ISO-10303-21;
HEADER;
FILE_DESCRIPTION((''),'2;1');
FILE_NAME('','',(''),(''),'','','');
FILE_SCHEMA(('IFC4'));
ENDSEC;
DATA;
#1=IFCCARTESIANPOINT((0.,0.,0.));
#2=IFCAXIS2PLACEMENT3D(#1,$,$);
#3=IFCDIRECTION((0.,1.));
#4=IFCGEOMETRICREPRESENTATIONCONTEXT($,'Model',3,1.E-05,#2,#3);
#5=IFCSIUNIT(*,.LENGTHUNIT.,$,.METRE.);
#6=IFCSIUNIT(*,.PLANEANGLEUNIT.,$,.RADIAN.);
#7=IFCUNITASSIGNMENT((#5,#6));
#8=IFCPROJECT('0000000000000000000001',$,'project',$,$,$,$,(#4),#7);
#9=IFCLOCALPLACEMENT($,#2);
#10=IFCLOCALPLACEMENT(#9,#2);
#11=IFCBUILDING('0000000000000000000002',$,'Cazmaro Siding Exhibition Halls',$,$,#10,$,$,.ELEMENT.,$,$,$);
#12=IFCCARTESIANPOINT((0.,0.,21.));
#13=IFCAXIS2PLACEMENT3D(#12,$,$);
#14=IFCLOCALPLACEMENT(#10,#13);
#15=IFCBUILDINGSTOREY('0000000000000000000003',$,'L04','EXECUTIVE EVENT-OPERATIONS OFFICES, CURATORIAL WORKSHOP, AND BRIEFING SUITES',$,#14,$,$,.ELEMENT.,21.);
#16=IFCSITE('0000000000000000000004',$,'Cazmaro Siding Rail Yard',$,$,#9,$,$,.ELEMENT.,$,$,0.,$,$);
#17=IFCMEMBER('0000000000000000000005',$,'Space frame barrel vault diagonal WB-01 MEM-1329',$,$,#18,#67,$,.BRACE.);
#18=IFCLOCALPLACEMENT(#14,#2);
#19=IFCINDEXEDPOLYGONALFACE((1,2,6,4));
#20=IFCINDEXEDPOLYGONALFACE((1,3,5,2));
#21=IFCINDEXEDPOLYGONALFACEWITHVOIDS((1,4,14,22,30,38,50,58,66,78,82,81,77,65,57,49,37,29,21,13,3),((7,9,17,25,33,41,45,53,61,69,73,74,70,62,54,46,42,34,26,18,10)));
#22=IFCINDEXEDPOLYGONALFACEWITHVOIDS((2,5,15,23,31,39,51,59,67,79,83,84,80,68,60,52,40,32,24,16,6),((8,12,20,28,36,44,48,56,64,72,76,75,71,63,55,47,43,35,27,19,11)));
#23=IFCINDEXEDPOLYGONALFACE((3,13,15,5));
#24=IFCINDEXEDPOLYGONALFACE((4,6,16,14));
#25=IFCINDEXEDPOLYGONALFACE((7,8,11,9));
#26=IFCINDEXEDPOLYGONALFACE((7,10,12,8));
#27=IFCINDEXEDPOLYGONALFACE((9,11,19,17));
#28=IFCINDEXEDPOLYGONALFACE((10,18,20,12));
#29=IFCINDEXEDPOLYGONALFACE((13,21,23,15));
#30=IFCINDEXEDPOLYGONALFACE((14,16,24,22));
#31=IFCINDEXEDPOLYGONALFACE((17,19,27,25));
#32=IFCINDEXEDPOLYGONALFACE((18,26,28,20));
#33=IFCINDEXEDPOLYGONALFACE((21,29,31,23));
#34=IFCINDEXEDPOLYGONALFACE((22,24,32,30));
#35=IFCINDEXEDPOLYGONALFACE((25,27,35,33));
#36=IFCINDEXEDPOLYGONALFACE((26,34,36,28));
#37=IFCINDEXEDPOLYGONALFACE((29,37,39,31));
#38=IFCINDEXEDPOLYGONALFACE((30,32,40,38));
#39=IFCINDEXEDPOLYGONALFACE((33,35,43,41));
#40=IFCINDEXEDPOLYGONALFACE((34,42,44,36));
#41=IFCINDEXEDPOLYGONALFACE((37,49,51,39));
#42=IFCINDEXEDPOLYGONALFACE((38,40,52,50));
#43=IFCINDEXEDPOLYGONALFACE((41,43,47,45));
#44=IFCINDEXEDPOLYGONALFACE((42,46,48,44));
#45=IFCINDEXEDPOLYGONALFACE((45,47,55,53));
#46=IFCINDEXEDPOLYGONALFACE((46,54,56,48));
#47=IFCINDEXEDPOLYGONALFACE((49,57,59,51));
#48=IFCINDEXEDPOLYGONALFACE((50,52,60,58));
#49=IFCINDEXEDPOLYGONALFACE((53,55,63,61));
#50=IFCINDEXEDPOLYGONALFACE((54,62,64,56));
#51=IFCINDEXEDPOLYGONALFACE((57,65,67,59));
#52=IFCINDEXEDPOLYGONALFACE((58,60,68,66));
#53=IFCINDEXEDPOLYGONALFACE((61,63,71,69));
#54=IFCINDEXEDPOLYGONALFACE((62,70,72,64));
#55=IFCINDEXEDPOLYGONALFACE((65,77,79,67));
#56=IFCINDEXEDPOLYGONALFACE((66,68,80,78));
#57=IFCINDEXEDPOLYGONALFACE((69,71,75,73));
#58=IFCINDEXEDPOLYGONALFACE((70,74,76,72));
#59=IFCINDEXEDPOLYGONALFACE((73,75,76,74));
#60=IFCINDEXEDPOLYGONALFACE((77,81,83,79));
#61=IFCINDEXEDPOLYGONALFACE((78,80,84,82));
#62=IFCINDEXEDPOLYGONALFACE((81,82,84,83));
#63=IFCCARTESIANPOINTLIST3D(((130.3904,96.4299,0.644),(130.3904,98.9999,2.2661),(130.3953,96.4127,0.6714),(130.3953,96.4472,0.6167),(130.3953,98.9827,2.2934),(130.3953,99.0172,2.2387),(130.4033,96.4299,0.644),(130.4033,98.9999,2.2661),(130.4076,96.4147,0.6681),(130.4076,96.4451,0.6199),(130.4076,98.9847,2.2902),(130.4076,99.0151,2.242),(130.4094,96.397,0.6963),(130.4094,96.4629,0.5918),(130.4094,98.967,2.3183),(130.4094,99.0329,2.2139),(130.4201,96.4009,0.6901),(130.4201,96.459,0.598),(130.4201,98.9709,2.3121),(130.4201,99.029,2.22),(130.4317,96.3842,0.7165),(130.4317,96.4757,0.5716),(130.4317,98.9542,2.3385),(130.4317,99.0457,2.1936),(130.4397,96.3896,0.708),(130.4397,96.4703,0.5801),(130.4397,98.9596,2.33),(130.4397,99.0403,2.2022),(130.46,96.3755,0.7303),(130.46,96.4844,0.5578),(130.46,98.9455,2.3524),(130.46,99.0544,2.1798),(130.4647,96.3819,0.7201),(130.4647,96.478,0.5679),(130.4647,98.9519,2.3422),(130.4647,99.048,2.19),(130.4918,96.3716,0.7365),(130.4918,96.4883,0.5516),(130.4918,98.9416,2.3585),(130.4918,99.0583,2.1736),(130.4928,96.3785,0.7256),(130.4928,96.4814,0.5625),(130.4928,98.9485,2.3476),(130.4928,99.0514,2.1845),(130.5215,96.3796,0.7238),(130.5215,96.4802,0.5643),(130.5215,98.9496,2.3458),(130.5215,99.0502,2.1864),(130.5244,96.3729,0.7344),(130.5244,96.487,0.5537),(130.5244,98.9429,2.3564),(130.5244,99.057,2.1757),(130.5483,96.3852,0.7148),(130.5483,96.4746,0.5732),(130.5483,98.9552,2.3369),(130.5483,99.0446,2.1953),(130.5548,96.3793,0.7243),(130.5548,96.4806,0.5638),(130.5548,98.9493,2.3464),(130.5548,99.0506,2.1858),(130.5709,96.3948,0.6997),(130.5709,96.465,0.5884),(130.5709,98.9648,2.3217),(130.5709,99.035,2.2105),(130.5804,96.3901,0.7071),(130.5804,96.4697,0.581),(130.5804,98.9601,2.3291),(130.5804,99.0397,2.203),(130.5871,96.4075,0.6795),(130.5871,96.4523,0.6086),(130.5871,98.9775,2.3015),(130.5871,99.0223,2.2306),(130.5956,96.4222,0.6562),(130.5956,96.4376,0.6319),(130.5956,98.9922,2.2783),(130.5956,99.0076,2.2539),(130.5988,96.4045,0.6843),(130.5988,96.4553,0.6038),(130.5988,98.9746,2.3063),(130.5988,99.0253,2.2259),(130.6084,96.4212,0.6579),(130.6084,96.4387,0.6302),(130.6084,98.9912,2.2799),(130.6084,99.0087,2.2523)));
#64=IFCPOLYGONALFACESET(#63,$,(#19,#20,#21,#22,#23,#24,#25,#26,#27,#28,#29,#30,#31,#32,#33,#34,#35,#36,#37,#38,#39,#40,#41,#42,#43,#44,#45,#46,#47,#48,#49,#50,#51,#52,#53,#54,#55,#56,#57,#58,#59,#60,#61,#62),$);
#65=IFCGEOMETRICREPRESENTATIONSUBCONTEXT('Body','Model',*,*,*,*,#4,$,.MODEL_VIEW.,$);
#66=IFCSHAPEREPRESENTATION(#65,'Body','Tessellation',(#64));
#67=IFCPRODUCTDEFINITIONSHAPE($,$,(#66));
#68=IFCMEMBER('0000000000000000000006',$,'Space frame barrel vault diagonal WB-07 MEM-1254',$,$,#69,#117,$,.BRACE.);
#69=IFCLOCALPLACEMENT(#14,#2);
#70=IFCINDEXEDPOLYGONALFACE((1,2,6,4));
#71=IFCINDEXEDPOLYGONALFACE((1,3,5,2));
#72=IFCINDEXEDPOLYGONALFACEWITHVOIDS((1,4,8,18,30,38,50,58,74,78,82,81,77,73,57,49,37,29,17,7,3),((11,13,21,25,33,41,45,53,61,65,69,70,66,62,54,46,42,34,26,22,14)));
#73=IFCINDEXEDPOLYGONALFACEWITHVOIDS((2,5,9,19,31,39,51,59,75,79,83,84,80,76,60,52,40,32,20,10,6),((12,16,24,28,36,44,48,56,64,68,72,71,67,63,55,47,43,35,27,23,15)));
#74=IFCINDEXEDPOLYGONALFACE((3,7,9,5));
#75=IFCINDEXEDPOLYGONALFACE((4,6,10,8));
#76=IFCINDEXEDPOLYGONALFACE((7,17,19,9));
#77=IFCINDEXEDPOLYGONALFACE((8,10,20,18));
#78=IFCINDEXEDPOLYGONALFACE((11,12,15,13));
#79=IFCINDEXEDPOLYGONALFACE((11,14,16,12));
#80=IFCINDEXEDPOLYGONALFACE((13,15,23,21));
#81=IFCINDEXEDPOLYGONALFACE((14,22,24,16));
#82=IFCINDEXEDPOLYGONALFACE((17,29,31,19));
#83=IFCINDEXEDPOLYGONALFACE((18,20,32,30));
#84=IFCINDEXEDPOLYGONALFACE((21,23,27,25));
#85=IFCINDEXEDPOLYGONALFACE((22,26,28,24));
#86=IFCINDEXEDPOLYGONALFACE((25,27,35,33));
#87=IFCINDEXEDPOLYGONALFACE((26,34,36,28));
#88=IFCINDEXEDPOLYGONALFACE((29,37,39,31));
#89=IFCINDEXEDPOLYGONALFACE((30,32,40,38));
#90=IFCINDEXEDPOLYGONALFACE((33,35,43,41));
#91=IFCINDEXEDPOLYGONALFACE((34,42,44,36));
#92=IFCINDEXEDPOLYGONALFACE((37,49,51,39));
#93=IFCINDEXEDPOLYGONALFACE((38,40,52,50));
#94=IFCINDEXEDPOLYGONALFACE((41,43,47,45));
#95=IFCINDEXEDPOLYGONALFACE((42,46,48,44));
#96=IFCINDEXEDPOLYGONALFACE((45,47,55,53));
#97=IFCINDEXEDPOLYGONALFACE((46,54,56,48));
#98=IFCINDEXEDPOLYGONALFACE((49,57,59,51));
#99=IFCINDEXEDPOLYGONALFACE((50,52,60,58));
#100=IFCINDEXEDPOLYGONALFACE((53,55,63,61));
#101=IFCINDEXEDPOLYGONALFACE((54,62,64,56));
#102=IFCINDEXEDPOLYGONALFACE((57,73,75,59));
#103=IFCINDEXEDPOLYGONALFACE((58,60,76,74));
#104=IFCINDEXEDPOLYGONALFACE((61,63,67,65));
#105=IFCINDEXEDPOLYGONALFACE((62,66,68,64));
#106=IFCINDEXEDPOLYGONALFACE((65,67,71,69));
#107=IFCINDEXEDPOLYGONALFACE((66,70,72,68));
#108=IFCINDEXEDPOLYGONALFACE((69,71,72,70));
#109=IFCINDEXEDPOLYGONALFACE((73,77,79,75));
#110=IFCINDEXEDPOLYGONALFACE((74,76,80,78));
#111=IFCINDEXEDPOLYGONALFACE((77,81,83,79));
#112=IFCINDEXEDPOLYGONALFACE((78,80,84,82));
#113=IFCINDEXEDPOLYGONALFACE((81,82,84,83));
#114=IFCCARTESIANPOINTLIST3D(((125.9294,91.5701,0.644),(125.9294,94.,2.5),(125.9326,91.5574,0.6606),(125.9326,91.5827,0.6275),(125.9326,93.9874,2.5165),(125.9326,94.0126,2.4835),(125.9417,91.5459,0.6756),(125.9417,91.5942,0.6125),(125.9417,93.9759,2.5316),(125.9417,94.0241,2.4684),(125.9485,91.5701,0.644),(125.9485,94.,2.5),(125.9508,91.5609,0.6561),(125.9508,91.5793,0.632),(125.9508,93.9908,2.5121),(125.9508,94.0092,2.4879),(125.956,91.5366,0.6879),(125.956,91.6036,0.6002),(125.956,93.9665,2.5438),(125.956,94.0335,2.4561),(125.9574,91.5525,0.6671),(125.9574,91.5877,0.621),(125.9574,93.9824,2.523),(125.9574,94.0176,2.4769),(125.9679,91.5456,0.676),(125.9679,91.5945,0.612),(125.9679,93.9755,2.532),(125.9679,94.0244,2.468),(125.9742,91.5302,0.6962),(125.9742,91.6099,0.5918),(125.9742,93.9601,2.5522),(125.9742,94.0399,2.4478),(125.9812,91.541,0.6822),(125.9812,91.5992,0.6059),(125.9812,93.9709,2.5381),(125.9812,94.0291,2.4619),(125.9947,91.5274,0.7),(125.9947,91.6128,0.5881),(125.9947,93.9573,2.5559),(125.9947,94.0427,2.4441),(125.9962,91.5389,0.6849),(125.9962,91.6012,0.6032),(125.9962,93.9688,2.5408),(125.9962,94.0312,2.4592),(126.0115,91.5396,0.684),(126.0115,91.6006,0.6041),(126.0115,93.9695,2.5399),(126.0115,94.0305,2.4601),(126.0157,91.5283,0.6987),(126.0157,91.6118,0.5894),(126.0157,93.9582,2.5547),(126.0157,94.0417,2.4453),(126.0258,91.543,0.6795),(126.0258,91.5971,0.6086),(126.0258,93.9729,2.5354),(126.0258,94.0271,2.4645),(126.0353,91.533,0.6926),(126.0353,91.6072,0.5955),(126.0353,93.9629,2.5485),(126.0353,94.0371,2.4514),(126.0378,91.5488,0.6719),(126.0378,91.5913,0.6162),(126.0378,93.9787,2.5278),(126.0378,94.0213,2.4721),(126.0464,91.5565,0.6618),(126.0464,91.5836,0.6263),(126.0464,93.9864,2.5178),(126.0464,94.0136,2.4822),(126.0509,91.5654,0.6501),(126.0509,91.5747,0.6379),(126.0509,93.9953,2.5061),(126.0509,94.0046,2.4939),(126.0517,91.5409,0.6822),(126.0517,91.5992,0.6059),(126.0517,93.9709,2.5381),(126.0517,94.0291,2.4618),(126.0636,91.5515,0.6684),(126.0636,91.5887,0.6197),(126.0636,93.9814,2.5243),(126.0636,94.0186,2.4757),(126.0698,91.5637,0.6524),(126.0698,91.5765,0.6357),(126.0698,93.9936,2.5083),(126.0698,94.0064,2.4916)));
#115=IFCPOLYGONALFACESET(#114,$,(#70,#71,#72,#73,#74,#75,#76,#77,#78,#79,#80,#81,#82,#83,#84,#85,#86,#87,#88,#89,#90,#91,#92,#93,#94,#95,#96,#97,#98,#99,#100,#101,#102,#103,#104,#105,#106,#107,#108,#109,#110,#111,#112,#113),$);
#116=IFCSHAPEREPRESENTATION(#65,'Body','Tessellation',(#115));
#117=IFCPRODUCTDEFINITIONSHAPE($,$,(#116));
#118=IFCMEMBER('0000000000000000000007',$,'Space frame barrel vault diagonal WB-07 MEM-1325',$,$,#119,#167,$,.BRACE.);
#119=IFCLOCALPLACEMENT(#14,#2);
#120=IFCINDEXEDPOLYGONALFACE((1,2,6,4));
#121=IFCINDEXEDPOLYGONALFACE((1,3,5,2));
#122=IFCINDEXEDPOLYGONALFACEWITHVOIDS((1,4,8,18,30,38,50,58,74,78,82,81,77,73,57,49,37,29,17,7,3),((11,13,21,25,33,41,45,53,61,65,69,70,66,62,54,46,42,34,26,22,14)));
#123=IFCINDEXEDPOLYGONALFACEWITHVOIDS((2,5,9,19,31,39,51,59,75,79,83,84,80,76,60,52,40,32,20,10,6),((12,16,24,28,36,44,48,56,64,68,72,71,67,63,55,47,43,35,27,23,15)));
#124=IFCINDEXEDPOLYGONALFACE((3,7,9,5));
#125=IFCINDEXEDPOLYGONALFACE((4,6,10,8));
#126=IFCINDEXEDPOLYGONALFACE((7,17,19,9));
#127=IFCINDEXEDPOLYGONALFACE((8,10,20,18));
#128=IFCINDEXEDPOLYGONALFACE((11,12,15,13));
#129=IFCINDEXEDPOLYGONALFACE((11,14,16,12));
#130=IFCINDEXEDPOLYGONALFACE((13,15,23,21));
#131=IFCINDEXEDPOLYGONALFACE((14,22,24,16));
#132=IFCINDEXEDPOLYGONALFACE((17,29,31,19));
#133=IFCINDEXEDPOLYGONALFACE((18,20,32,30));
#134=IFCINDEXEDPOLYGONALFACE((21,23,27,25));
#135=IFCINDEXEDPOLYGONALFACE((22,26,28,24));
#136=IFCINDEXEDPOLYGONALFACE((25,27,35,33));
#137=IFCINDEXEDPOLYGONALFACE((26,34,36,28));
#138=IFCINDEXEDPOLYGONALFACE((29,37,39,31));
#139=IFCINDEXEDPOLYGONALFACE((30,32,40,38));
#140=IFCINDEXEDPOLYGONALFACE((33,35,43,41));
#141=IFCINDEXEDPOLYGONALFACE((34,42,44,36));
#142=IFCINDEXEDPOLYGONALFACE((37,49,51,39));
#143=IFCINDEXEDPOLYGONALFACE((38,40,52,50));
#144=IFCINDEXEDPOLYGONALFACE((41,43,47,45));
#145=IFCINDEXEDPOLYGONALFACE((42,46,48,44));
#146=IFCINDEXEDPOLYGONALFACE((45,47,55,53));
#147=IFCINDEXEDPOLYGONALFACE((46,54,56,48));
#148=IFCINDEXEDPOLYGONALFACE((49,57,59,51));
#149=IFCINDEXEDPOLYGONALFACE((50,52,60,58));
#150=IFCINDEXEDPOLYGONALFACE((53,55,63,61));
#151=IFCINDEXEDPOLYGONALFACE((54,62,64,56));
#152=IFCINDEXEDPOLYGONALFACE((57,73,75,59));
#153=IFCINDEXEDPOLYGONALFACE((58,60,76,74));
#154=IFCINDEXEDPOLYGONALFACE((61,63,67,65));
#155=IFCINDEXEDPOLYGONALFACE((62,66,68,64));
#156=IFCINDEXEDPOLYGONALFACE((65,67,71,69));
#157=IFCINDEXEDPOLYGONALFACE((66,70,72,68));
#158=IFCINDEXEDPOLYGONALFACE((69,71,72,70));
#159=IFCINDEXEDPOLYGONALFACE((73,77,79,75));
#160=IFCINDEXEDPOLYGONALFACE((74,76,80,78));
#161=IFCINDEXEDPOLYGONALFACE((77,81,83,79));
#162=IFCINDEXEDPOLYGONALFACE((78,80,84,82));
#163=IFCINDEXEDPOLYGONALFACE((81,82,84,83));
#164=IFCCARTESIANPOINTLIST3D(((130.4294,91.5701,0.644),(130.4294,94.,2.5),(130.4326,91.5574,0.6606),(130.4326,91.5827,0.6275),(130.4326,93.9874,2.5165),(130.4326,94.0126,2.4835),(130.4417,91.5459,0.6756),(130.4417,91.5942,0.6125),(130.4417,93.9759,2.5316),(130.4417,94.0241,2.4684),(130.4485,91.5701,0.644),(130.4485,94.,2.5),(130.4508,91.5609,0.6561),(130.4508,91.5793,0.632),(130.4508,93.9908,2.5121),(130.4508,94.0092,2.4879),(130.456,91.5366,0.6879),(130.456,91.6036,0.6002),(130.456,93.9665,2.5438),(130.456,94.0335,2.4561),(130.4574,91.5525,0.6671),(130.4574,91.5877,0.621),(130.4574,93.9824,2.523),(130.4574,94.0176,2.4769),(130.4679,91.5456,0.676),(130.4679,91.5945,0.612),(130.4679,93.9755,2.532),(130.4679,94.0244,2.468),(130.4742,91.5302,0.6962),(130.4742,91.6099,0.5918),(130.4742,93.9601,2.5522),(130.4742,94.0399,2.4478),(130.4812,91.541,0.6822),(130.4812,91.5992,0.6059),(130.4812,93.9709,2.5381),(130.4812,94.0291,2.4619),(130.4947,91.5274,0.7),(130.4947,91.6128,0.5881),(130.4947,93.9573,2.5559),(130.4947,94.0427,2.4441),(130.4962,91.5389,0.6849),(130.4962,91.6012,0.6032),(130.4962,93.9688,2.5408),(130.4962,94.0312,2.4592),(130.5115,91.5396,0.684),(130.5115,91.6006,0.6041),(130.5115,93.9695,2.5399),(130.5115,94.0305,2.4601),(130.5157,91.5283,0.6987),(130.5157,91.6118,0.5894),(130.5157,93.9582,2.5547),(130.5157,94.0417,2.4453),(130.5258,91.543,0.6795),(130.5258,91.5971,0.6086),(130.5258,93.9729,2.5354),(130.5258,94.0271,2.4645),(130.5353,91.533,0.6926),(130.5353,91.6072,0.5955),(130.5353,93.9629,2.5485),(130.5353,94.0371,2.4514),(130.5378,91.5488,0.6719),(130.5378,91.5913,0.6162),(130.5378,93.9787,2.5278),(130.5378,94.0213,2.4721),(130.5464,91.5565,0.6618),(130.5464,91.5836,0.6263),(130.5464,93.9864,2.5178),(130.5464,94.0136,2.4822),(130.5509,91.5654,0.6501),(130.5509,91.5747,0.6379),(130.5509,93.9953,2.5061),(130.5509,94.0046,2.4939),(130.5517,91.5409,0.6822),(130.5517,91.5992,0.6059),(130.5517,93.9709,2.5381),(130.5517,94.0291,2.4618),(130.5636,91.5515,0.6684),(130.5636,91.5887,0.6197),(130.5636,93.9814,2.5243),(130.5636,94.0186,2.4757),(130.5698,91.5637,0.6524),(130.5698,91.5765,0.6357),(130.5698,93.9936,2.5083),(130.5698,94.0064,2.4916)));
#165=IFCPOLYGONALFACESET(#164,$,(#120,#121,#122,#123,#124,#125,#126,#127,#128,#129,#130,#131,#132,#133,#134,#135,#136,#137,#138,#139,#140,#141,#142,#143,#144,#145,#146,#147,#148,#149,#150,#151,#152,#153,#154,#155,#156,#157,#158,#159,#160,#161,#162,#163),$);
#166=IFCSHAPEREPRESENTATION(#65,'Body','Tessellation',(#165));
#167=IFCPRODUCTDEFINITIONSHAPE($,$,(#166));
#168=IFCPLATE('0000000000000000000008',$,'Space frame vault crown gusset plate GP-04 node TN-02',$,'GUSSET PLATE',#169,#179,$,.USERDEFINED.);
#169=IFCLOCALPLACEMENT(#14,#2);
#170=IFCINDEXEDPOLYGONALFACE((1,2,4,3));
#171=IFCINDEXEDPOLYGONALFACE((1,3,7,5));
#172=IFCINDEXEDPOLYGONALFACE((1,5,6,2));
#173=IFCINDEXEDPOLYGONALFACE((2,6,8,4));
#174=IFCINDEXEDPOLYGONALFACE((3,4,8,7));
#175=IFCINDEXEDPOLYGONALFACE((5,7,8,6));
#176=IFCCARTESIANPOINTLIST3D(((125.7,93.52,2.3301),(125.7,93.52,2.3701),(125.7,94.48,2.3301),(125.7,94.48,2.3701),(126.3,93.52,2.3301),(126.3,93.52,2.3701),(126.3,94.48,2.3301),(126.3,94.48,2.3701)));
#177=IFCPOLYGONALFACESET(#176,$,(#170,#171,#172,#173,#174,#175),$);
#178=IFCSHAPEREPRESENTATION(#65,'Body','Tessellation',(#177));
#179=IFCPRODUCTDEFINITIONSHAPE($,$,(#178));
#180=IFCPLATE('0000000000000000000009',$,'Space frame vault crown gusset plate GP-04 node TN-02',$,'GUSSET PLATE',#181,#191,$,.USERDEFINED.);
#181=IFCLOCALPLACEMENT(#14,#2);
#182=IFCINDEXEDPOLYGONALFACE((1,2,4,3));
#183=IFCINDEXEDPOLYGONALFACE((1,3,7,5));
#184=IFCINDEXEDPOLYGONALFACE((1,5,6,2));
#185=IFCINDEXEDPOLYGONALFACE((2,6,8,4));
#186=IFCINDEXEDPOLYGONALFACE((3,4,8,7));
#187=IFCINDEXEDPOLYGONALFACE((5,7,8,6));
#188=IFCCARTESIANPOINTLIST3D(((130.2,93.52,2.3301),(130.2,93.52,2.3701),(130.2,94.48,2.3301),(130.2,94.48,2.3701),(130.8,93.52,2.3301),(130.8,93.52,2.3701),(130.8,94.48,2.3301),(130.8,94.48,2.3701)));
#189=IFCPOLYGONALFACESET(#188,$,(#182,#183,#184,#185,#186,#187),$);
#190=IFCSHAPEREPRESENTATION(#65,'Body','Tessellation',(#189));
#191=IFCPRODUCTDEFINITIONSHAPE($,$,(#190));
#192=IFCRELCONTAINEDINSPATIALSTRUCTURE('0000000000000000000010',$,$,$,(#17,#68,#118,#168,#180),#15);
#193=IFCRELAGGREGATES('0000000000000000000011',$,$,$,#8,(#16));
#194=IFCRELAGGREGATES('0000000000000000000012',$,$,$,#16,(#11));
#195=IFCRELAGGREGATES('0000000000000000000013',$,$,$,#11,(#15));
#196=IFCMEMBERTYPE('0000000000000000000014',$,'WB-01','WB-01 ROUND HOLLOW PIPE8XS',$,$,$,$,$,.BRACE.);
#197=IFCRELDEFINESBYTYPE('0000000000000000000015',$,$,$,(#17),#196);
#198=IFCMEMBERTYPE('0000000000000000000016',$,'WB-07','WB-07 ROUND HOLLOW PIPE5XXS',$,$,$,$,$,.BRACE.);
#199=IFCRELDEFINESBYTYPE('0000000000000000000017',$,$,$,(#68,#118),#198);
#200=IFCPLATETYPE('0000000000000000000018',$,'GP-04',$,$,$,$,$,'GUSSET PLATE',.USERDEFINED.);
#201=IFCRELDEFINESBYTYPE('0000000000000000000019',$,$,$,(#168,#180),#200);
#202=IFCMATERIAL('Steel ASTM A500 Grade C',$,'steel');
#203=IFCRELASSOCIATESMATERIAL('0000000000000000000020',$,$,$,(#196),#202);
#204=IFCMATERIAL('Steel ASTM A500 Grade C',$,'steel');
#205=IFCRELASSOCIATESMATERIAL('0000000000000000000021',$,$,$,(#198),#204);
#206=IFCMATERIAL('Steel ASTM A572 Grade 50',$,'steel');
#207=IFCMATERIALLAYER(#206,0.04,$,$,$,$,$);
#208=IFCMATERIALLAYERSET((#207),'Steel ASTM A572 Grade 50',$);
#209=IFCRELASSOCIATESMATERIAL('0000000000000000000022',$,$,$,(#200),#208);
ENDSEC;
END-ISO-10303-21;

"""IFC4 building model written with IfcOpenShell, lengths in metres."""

from ifc_helpers import new_model, si_unit, direction, frame, origin, origin_2d, place, context, subcontext, project, spatial, rectangle, hollow_circle, extrude, material, layer, layer_set, material_profile, profile_set, type_object, element, save


model = new_model("IFC4")

# Units and contexts
model_context = context("Model", 3, precision=1e-05, world=origin(), true_north=direction((0.0, 1.0)))
body_context = subcontext(model_context, "Body", "Model", "MODEL_VIEW")
ifc_project = project(units=[si_unit("LENGTHUNIT", "METRE"), si_unit("PLANEANGLEUNIT", "RADIAN")], contexts=[model_context])

# Site, building, storey
site_placement = place(None, origin())
site = spatial("IfcSite", under=ifc_project, at=site_placement, Name="Cazmaro Siding Rail Yard", CompositionType="ELEMENT", RefElevation=0.0)
building_placement = place(site_placement, origin())
building = spatial("IfcBuilding", under=site, at=building_placement, Name="Cazmaro Siding Exhibition Halls", CompositionType="ELEMENT")
storey_placement = place(building_placement, frame((0.0, 0.0, 21.0)))
storey = spatial("IfcBuildingStorey", under=building, at=storey_placement, Name="L04", Description="EXECUTIVE EVENT-OPERATIONS OFFICES, CURATORIAL WORKSHOP, AND BRIEFING SUITES", CompositionType="ELEMENT", Elevation=21.0)

# Members
ifc_material_1 = material(Name="Steel ASTM A500 Grade C", Category="steel")
ifc_material_profile_1 = material_profile(ifc_material_1, hollow_circle(Radius=0.1096, WallThickness=0.0129, at=origin_2d()), Name="PIPE8XS")
ifc_profile_set_1 = profile_set([ifc_material_profile_1], Name="Steel ASTM A500 Grade C")
member_type_1 = type_object("IfcMemberType", Name="WB-01", Description="WB-01 ROUND HOLLOW PIPE8XS", PredefinedType="BRACE", material=ifc_profile_set_1)
member_1_placement = place(storey_placement, frame((130.5, 96.4299, 0.644), z_axis=(0.0, 0.845657, 0.533727), x_axis=(-1.0, 0.0, 0.0)))
element("IfcMember", 1, at=member_1_placement, inside=storey, type_object=member_type_1, Name="Space frame barrel vault diagonal WB-01 MEM-1329", PredefinedType="BRACE", context=body_context, shape_type="SweptSolid", body=[
    extrude(hollow_circle(Radius=0.1096, WallThickness=0.0129, at=origin_2d()), origin(), (0.0, 0.0, 1.0), 3.0391),
])
ifc_material_2 = material(Name="Steel ASTM A500 Grade C", Category="steel")
ifc_material_profile_2 = material_profile(ifc_material_2, hollow_circle(Radius=0.0706, WallThickness=0.019, at=origin_2d()), Name="PIPE5XXS")
ifc_profile_set_2 = profile_set([ifc_material_profile_2], Name="Steel ASTM A500 Grade C")
member_type_2 = type_object("IfcMemberType", Name="WB-07", Description="WB-07 ROUND HOLLOW PIPE5XXS", PredefinedType="BRACE", material=ifc_profile_set_2)
for number, where, z_axis, x_axis, name in (
    (2, (126.0, 91.5701, 0.644), (0.0, 0.794709, 0.606991), (-1.0, 0.0, 0.0), "Space frame barrel vault diagonal WB-07 MEM-1254"),
    (3, (130.5, 91.5701, 0.644), (0.0, 0.794709, 0.606991), (-1.0, 0.0, 0.0), "Space frame barrel vault diagonal WB-07 MEM-1325"),
):
    element("IfcMember", number, at=place(storey_placement, frame(where, z_axis=z_axis, x_axis=x_axis)), inside=storey, type_object=member_type_2, Name=name, PredefinedType="BRACE", context=body_context, shape_type="SweptSolid", body=[
        extrude(hollow_circle(Radius=0.0706, WallThickness=0.019, at=origin_2d()), origin(), (0.0, 0.0, 1.0), 3.0576),
    ])

# Plates
ifc_material_3 = material(Name="Steel ASTM A572 Grade 50", Category="steel")
ifc_layer = layer(ifc_material_3, 0.04)
ifc_layer_set = layer_set([ifc_layer], Name="Steel ASTM A572 Grade 50")
plate_type = type_object("IfcPlateType", Name="GP-04", ElementType="GUSSET PLATE", PredefinedType="USERDEFINED", material=ifc_layer_set)
for number, where, z_axis, x_axis, name in (
    (4, (126.0, 94.0, 2.3301), (0.0, 0.0, 1.0), (0.0, 1.0, 0.0), "Space frame vault crown gusset plate GP-04 node TN-02"),
    (5, (130.5, 94.0, 2.3301), (0.0, 0.0, 1.0), (0.0, 1.0, 0.0), "Space frame vault crown gusset plate GP-04 node TN-02"),
):
    element("IfcPlate", number, at=place(storey_placement, frame(where, z_axis=z_axis, x_axis=x_axis)), inside=storey, type_object=plate_type, Name=name, ObjectType="GUSSET PLATE", PredefinedType="USERDEFINED", context=body_context, shape_type="SweptSolid", body=[
        extrude(rectangle(XDim=0.96, YDim=0.6001, at=origin_2d()), origin(), (0.0, 0.0, 1.0), 0.04),
    ])

save(model, "model.ifc")
